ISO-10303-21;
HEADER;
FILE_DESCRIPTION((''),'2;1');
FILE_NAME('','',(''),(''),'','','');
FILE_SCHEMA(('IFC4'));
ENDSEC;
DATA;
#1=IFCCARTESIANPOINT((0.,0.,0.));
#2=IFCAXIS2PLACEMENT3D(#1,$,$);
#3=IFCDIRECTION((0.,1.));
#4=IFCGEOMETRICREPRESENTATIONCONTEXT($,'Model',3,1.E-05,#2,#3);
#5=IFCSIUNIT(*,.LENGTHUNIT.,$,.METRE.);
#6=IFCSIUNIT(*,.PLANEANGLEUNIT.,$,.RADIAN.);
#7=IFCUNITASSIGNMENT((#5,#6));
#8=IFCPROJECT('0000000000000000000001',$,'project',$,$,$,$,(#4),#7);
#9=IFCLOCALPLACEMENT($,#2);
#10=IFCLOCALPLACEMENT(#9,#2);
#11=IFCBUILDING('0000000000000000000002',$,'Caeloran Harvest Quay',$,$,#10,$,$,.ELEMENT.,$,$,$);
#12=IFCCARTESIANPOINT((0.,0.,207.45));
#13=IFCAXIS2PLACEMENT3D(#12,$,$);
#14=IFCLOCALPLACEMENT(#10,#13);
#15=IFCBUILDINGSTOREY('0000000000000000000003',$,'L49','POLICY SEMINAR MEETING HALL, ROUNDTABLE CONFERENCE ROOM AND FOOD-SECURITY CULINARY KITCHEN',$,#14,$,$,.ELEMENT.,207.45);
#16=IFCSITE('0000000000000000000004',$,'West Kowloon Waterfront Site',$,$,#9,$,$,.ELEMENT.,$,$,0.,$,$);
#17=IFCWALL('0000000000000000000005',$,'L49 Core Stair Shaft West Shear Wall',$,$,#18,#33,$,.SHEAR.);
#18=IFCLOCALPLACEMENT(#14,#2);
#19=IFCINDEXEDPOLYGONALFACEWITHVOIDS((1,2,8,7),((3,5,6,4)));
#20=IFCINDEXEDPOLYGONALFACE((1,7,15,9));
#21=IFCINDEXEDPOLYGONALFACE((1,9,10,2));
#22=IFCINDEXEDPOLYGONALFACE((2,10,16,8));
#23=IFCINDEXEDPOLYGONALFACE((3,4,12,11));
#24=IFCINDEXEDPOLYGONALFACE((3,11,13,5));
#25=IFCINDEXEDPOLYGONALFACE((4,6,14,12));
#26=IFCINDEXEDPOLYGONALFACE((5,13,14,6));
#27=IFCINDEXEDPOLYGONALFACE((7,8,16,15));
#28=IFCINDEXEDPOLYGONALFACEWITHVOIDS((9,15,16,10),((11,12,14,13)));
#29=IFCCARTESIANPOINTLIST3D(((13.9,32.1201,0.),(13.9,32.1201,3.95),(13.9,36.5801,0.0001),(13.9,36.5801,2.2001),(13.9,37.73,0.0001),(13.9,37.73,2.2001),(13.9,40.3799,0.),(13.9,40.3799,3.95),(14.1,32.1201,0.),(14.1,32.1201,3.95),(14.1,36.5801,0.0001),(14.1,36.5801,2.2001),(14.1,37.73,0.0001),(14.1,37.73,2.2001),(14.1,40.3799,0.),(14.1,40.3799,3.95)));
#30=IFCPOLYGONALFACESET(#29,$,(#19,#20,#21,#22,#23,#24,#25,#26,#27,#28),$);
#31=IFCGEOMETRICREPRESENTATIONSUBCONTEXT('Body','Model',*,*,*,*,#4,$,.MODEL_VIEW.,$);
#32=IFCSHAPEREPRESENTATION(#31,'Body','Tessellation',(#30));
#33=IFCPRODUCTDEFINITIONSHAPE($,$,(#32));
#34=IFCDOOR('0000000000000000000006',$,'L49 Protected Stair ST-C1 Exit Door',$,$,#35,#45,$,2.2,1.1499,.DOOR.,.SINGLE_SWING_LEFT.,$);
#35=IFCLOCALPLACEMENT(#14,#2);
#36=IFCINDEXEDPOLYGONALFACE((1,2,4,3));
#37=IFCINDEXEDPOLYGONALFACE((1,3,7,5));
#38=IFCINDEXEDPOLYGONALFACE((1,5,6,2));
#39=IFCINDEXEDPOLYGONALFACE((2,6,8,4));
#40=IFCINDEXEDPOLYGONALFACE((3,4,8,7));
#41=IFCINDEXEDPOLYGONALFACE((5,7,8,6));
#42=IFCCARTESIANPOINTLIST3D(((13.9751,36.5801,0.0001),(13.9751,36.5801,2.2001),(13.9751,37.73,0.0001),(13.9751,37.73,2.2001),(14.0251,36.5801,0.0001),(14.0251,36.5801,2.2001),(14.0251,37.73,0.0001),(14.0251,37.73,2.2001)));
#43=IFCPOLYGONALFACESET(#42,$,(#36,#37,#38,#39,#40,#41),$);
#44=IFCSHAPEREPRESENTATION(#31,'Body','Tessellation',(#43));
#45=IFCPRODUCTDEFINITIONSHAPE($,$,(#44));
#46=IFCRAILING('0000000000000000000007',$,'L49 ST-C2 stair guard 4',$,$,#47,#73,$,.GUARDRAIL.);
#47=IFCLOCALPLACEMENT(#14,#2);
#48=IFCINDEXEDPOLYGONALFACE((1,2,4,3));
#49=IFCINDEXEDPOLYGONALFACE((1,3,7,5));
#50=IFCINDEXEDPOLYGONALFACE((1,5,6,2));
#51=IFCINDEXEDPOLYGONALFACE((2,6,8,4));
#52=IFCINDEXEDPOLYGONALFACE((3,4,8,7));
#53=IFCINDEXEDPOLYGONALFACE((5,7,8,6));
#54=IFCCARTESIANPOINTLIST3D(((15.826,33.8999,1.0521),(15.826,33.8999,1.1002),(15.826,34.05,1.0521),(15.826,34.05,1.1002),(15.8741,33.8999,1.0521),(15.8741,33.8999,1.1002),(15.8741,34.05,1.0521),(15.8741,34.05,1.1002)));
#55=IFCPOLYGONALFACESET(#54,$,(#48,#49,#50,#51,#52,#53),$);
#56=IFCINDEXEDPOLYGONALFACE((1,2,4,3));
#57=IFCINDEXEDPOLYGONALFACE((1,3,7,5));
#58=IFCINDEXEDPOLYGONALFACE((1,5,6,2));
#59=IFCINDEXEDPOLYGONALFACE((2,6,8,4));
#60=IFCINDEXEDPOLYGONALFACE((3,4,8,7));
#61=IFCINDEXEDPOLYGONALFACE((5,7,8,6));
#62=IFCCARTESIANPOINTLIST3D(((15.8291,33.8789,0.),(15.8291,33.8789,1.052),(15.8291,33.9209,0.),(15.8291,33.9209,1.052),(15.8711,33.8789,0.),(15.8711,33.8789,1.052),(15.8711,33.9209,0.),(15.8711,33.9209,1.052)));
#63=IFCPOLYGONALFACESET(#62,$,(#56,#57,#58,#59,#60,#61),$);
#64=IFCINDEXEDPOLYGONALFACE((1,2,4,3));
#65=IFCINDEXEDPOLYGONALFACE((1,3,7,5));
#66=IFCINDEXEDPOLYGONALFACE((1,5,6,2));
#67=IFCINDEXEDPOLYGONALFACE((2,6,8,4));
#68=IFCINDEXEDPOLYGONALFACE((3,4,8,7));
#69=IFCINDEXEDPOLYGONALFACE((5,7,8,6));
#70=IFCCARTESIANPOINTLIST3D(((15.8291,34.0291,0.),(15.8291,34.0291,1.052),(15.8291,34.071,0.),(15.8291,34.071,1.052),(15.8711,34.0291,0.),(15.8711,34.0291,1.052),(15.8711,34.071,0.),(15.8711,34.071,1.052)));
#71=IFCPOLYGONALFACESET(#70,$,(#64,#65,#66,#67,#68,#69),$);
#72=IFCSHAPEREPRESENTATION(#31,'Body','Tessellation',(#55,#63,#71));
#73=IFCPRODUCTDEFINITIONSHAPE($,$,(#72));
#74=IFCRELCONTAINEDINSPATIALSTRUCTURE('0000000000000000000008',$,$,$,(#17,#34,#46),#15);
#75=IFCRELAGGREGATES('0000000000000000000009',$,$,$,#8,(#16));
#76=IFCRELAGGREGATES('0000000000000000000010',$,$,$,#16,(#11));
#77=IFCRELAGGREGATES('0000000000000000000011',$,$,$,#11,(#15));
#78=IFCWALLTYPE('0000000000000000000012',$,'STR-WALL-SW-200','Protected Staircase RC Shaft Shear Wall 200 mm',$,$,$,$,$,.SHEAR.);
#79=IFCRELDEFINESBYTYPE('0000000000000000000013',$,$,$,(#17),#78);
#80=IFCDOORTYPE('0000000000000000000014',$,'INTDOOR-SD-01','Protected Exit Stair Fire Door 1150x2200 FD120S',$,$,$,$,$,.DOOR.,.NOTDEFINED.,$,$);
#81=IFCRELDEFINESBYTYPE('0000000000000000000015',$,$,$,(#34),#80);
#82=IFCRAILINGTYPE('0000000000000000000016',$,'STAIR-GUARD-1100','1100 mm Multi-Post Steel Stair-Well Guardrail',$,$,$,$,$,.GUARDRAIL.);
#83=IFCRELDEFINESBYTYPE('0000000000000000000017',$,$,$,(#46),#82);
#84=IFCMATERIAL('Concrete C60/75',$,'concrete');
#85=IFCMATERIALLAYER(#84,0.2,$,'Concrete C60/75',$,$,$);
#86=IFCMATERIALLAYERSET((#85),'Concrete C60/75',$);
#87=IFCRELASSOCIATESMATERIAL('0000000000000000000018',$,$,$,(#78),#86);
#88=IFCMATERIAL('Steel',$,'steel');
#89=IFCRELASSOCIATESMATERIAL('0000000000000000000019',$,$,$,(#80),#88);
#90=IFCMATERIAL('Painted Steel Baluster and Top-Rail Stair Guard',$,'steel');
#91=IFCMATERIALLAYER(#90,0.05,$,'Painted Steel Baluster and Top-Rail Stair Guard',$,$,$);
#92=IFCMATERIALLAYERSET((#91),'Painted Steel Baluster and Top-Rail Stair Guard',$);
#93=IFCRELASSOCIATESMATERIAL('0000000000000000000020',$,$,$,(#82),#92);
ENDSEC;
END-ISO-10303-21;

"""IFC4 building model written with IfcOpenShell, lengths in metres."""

from ifc_helpers import new_model, si_unit, direction, frame, frame_2d, origin, origin_2d, place, context, subcontext, project, spatial, rectangle, extrude, material, layer, layer_set, type_object, element, fill, save


model = new_model("IFC4")

# Units and contexts
model_context = context("Model", 3, precision=1e-05, world=origin(), true_north=direction((0.0, 1.0)))
body_context = subcontext(model_context, "Body", "Model", "MODEL_VIEW")
ifc_project = project(units=[si_unit("LENGTHUNIT", "METRE"), si_unit("PLANEANGLEUNIT", "RADIAN")], contexts=[model_context])

# Site, building, storey
site_placement = place(None, origin())
site = spatial("IfcSite", under=ifc_project, at=site_placement, Name="West Kowloon Waterfront Site", CompositionType="ELEMENT", RefElevation=0.0)
building_placement = place(site_placement, origin())
building = spatial("IfcBuilding", under=site, at=building_placement, Name="Caeloran Harvest Quay", CompositionType="ELEMENT")
storey_placement = place(building_placement, frame((0.0, 0.0, 207.45)))
storey = spatial("IfcBuildingStorey", under=building, at=storey_placement, Name="L49", Description="POLICY SEMINAR MEETING HALL, ROUNDTABLE CONFERENCE ROOM AND FOOD-SECURITY CULINARY KITCHEN", CompositionType="ELEMENT", Elevation=207.45)

# Shared definitions
ifc_material_1 = material(Name="Concrete C60/75", Category="concrete")

# Shared definitions
ifc_material_2 = material(Name="Steel", Category="steel")

# Wall, opening, door
ifc_layer_1 = layer(ifc_material_1, 0.2, Name="Concrete C60/75")
ifc_layer_set_1 = layer_set([ifc_layer_1], Name="Concrete C60/75")
wall_type_1 = type_object("IfcWallType", Name="STR-WALL-SW-200", Description="Protected Staircase RC Shaft Shear Wall 200 mm", PredefinedType="SHEAR", material=ifc_layer_set_1)
wall_1_placement = place(storey_placement, frame((14.0, 32.1201, 0.0), z_axis=(0.0, 0.0, 1.0), x_axis=(0.0, 1.0, 0.0)))
wall_1 = element("IfcWall", 1, at=wall_1_placement, inside=storey, type_object=wall_type_1, Name="L49 Core Stair Shaft West Shear Wall", PredefinedType="SHEAR", context=body_context, shape_type="SweptSolid", body=[
    extrude(rectangle(XDim=8.2598, YDim=0.2, at=frame_2d((4.1299, 0.0))), origin(), (0.0, 0.0, 1.0), 3.95),
])
opening_1_placement = place(wall_1_placement, frame((4.46, 0.0, 0.0)))
opening_1 = element("IfcOpeningElement", 2, at=opening_1_placement, cuts=wall_1, PredefinedType="OPENING", context=body_context, shape_type="SweptSolid", body=[
    extrude(rectangle(XDim=1.1499, YDim=2.2, at=frame_2d((0.575, 1.1001))), frame((0.0, 0.1099, 0.0), z_axis=(0.0, -1.0, 0.0), x_axis=(1.0, 0.0, 0.0)), (0.0, 0.0, 1.0), 0.22),
])
door_type_1 = type_object("IfcDoorType", Name="INTDOOR-SD-01", Description="Protected Exit Stair Fire Door 1150x2200 FD120S", OperationType="NOTDEFINED", PredefinedType="DOOR", material=ifc_material_2)
door_1_placement = place(opening_1_placement, origin())
door_1 = element("IfcDoor", 3, at=door_1_placement, inside=storey, type_object=door_type_1, Name="L49 Protected Stair ST-C1 Exit Door", OperationType="SINGLE_SWING_LEFT", OverallHeight=2.2, OverallWidth=1.1499, PredefinedType="DOOR", context=body_context, shape_type="SweptSolid", body=[
    extrude(rectangle(XDim=1.1499, YDim=2.2, at=frame_2d((0.575, 1.1001))), frame((0.0, 0.0249, 0.0), z_axis=(0.0, -1.0, 0.0), x_axis=(1.0, 0.0, 0.0)), (0.0, 0.0, 1.0), 0.05),
])
fill(opening_1, door_1)

# Railing
ifc_material_3 = material(Name="Painted Steel Baluster and Top-Rail Stair Guard", Category="steel")
ifc_layer_2 = layer(ifc_material_3, 0.05, Name="Painted Steel Baluster and Top-Rail Stair Guard")
ifc_layer_set_2 = layer_set([ifc_layer_2], Name="Painted Steel Baluster and Top-Rail Stair Guard")
railing_type = type_object("IfcRailingType", Name="STAIR-GUARD-1100", Description="1100 mm Multi-Post Steel Stair-Well Guardrail", PredefinedType="GUARDRAIL", material=ifc_layer_set_2)
railing_placement = place(storey_placement, frame((15.8501, 33.8999, 0.0)))
element("IfcRailing", 4, at=railing_placement, inside=storey, type_object=railing_type, Name="L49 ST-C2 stair guard 4", PredefinedType="GUARDRAIL", context=body_context, shape_type="SweptSolid", body=[
    extrude(rectangle(XDim=0.0481, YDim=0.0481, at=origin_2d()), frame((0.0, 0.0, 1.0762), z_axis=(0.0, 1.0, 0.0), x_axis=(-1.0, 0.0, 0.0)), (0.0, 0.0, 1.0), 0.1501),
    extrude(rectangle(XDim=0.042, YDim=0.042, at=origin_2d()), origin(), (0.0, 0.0, 1.0), 1.052),
    extrude(rectangle(XDim=0.042, YDim=0.042, at=origin_2d()), frame((0.0, 0.1501, 0.0)), (0.0, 0.0, 1.0), 1.052),
])

save(model, "model.ifc")
